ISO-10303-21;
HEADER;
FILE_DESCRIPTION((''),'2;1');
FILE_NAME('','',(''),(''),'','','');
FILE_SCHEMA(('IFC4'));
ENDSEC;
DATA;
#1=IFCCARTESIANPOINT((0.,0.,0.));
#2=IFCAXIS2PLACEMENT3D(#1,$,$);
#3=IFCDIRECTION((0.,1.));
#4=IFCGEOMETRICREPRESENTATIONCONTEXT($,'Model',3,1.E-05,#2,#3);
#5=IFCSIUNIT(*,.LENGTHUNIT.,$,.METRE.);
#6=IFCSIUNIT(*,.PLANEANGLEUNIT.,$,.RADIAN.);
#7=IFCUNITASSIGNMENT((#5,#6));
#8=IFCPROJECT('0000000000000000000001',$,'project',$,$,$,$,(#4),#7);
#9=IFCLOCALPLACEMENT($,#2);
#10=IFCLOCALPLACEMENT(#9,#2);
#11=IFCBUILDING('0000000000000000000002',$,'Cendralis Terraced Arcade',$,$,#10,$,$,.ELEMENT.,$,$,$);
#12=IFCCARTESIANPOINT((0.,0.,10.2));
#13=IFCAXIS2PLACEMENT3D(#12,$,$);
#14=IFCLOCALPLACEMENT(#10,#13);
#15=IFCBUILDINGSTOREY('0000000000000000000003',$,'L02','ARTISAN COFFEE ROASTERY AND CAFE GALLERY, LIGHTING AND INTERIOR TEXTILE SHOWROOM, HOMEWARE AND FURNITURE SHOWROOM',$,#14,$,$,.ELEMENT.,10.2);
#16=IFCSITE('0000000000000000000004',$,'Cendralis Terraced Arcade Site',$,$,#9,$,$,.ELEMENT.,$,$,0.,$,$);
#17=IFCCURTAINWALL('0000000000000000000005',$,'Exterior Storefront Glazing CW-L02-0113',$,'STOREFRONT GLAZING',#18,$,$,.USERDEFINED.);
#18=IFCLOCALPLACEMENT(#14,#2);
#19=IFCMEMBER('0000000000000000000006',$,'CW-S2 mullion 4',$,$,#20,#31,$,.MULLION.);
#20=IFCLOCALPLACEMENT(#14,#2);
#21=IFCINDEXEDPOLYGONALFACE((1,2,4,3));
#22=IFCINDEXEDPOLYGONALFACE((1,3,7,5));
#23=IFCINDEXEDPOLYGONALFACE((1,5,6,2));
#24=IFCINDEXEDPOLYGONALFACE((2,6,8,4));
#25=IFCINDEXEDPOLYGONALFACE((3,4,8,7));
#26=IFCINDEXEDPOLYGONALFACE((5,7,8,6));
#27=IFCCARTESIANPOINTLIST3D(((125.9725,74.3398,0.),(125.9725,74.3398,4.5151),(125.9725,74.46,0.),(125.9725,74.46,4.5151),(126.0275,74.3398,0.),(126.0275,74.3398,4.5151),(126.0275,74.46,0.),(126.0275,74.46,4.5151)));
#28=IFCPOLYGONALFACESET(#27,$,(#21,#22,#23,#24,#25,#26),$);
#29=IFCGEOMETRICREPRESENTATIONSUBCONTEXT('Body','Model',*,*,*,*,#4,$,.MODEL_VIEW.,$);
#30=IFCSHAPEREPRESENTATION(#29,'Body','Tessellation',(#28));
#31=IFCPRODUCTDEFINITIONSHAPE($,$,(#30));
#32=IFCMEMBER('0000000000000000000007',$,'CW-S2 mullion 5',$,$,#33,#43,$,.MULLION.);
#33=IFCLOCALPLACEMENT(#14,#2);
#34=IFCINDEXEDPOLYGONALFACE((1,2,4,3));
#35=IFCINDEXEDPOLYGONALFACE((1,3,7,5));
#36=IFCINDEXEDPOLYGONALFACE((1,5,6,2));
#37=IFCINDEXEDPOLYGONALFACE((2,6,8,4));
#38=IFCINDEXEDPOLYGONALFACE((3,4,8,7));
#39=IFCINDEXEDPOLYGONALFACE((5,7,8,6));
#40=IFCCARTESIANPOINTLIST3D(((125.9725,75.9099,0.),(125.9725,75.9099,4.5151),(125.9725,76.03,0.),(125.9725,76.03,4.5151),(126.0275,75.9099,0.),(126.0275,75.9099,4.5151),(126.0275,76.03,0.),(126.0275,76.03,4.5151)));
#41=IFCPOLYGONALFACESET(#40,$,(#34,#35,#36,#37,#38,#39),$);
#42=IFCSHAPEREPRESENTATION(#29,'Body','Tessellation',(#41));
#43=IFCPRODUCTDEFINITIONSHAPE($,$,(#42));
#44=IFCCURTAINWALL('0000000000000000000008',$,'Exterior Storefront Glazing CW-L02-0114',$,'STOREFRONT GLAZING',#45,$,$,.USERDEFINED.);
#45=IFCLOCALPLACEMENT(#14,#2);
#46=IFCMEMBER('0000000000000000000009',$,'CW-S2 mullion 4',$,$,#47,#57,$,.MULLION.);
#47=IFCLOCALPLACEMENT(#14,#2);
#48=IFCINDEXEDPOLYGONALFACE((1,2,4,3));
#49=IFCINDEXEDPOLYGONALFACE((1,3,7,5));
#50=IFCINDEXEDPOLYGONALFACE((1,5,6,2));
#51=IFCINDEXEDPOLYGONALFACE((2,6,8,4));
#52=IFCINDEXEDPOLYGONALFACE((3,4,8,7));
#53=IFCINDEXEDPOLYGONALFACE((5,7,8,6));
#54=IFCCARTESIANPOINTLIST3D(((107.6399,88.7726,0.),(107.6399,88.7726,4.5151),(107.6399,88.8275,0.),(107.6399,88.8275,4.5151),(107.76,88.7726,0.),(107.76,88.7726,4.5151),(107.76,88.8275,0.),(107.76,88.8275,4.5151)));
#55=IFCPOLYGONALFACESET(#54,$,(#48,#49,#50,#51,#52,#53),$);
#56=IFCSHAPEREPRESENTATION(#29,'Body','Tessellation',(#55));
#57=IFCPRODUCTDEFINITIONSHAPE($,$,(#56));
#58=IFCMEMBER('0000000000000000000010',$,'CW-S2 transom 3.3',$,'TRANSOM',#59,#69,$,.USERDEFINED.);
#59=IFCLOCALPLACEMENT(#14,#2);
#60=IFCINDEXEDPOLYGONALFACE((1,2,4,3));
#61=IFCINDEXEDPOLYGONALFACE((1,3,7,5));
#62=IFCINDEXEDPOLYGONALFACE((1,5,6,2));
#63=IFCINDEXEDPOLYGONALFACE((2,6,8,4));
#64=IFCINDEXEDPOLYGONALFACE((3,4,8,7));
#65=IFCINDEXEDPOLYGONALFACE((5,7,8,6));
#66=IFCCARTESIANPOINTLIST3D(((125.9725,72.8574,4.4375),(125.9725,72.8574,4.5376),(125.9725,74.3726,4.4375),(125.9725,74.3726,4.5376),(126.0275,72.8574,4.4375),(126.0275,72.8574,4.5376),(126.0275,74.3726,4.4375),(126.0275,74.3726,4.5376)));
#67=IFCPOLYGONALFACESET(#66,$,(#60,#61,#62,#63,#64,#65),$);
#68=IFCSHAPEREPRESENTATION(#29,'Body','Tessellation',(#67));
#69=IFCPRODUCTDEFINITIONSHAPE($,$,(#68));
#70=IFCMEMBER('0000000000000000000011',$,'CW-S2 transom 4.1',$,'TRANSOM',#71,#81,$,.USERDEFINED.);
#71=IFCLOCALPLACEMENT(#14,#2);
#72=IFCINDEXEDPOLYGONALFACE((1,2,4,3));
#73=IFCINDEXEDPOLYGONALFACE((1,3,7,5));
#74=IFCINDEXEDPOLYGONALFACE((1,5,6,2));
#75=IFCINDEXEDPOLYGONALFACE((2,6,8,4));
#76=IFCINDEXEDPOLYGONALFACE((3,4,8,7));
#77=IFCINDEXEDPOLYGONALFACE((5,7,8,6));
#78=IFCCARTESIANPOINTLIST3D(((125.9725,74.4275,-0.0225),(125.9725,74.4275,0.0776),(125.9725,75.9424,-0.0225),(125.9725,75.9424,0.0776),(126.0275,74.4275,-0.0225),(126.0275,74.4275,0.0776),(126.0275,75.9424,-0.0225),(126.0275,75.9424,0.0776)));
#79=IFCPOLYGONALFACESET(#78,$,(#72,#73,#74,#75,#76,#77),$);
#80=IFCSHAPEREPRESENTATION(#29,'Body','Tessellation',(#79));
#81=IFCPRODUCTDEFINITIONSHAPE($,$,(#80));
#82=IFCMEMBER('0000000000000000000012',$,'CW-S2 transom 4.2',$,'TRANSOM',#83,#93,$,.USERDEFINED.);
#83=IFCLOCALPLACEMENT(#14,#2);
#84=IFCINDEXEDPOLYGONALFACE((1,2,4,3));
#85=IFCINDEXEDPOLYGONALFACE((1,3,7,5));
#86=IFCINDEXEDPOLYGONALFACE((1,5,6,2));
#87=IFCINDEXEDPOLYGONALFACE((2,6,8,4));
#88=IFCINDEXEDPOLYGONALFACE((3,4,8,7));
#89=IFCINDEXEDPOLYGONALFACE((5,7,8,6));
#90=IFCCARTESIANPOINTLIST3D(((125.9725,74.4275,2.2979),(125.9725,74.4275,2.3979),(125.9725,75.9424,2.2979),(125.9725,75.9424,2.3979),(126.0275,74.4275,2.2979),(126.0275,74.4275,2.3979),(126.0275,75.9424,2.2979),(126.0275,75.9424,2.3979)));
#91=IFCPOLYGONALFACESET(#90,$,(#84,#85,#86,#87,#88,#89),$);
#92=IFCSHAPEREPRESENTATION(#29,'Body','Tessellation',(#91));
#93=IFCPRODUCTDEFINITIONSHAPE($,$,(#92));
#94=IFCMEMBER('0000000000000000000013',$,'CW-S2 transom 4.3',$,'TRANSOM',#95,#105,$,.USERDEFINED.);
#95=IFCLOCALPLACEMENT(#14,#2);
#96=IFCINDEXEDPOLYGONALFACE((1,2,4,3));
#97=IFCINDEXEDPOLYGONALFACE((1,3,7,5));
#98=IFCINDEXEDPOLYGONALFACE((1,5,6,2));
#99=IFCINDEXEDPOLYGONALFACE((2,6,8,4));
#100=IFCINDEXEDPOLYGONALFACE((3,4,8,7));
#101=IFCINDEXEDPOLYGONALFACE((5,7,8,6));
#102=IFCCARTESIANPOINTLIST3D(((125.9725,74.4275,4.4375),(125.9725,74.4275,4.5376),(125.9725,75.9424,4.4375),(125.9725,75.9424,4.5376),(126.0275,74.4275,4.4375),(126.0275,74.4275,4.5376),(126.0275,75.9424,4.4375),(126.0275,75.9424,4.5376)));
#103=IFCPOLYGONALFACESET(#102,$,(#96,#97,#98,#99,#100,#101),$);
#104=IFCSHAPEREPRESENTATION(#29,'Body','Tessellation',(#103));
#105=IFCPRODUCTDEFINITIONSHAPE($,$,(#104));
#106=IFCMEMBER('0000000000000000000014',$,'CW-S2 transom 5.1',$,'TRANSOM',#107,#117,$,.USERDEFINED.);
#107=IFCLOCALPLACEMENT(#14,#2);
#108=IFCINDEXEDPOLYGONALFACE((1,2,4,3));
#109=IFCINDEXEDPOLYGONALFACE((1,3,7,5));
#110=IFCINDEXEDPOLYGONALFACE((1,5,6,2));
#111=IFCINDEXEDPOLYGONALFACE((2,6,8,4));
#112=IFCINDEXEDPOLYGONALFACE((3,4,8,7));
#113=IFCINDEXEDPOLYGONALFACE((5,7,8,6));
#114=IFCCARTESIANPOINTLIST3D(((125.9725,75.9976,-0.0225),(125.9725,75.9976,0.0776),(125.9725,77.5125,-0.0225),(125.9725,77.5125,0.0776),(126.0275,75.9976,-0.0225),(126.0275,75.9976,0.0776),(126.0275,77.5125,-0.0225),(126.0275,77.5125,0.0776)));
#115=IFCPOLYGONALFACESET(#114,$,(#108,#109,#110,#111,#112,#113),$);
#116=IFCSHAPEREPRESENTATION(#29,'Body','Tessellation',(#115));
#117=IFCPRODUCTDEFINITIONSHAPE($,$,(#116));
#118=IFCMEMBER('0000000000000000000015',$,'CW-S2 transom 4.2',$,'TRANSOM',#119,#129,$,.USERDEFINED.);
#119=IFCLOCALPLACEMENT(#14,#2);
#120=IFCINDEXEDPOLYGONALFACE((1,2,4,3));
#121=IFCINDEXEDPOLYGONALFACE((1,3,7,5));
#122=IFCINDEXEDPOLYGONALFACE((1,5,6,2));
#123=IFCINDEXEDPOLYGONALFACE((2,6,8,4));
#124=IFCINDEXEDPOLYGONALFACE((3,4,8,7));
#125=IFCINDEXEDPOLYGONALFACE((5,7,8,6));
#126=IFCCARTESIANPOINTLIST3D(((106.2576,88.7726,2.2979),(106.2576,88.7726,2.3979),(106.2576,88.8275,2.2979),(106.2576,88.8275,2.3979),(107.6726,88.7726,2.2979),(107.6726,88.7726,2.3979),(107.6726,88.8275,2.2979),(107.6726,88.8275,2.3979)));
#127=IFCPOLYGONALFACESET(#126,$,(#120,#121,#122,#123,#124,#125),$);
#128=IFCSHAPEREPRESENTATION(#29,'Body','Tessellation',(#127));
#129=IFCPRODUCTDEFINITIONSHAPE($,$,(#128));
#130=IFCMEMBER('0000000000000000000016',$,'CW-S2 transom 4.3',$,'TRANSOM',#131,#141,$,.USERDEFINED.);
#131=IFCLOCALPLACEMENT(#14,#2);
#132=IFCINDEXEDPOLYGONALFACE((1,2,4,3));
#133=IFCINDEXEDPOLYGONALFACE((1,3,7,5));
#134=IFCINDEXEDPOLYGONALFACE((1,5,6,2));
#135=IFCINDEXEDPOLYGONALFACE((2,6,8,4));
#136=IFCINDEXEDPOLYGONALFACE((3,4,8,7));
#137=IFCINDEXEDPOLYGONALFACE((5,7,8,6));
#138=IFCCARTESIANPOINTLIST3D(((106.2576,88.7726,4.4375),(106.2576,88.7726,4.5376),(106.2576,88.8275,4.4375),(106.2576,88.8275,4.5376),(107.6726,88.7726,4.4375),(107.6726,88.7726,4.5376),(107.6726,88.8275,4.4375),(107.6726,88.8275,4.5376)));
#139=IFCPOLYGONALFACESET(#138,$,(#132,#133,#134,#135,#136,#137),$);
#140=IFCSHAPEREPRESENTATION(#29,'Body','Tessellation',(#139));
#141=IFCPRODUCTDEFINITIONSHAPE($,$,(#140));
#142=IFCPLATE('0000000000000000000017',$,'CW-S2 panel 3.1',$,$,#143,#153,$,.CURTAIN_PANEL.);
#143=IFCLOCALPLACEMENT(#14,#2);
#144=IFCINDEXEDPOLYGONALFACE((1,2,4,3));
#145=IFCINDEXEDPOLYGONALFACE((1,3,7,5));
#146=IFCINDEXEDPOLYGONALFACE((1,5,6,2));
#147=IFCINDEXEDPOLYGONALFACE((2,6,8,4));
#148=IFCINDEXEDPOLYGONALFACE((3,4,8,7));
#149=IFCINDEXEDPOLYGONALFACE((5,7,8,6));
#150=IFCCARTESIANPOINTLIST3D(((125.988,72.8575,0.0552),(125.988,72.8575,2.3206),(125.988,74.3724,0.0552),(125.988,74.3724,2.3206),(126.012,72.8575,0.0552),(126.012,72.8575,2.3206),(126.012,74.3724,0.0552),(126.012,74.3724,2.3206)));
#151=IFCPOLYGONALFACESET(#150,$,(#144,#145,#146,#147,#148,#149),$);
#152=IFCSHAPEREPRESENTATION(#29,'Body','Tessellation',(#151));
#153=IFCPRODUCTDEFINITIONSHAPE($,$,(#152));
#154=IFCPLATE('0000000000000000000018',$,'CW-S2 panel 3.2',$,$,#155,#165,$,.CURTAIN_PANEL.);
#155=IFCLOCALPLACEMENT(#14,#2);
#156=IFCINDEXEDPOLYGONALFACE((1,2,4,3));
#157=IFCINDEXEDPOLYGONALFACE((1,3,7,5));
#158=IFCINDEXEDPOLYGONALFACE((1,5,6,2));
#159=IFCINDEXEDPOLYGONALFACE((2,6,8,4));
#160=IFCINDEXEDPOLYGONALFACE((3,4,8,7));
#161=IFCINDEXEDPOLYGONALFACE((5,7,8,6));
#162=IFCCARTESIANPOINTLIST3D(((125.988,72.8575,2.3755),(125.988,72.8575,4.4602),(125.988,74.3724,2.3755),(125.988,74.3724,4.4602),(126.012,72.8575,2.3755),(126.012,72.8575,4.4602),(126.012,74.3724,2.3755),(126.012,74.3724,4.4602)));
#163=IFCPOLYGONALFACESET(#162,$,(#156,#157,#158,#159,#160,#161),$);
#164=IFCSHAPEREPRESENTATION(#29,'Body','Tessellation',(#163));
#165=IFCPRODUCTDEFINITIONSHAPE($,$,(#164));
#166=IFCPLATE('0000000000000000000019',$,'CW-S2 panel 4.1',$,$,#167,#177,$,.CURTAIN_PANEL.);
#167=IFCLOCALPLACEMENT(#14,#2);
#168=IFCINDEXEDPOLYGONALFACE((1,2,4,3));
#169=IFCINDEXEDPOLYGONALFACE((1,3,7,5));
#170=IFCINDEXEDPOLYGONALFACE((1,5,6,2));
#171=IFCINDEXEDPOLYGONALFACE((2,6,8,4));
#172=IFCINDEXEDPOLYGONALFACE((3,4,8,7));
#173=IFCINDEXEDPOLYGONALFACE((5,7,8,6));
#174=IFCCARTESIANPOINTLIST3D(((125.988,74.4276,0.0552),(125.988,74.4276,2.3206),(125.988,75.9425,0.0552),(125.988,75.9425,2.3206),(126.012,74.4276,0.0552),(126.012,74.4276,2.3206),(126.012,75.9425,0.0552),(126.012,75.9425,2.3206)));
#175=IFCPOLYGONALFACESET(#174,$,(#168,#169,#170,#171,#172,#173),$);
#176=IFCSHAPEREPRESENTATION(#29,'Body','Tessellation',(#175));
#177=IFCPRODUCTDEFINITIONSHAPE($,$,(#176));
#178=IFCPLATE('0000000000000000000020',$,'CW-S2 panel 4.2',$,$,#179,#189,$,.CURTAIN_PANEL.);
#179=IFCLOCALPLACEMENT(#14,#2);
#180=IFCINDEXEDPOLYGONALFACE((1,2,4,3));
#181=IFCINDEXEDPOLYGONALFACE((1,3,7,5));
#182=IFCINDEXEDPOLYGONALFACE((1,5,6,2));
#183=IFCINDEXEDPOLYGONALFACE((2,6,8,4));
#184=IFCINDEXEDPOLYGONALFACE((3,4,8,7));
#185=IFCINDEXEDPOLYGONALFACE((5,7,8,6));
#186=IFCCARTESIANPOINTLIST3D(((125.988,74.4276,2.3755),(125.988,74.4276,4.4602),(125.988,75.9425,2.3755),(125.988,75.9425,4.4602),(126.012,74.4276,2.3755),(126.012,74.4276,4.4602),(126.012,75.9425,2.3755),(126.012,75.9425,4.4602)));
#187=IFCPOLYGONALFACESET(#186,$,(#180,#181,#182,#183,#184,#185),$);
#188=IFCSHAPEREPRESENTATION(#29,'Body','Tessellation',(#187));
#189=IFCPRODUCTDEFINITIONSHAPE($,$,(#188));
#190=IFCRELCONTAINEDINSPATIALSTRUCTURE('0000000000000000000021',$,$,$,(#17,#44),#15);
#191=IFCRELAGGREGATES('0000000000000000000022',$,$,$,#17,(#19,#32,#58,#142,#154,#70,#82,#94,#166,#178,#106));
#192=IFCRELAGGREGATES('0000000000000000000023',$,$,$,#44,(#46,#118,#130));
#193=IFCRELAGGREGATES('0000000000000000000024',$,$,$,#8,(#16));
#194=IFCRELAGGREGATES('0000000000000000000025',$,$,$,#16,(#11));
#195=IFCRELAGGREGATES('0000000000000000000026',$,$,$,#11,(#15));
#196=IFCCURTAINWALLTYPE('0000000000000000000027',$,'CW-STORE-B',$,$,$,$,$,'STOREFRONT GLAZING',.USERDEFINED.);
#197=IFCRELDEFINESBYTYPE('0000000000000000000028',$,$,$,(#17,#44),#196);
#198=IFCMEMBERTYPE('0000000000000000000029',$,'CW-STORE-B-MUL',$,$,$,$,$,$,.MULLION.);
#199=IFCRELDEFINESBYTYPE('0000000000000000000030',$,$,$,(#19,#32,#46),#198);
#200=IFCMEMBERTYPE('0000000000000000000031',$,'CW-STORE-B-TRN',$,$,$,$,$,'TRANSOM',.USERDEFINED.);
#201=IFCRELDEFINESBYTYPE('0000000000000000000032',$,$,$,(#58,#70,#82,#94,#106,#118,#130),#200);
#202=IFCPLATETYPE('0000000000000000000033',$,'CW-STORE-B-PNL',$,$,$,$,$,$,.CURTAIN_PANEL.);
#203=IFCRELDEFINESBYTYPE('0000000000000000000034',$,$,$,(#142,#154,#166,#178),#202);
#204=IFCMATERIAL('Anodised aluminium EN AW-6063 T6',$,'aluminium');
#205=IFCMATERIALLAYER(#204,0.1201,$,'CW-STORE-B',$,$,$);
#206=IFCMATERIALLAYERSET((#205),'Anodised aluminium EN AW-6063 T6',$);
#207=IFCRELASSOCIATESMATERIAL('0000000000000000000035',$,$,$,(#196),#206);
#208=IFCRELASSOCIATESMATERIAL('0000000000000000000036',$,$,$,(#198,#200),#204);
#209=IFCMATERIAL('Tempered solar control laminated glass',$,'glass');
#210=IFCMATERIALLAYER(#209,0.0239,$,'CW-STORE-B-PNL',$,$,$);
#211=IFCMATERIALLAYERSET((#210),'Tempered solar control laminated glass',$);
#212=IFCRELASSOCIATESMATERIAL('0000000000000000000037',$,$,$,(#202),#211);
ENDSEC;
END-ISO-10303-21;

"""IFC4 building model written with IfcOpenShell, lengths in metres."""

from ifc_helpers import new_model, si_unit, direction, frame, origin, origin_2d, place, context, subcontext, project, spatial, rectangle, extrude, material, layer, layer_set, material_profile, profile_set, type_object, element, aggregate, save


model = new_model("IFC4")

# Units and contexts
model_context = context("Model", 3, precision=1e-05, world=origin(), true_north=direction((0.0, 1.0)))
body_context = subcontext(model_context, "Body", "Model", "MODEL_VIEW")
ifc_project = project(units=[si_unit("LENGTHUNIT", "METRE"), si_unit("PLANEANGLEUNIT", "RADIAN")], contexts=[model_context])

# Site, building, storey
site_placement = place(None, origin())
site = spatial("IfcSite", under=ifc_project, at=site_placement, Name="Cendralis Terraced Arcade Site", CompositionType="ELEMENT", RefElevation=0.0)
building_placement = place(site_placement, origin())
building = spatial("IfcBuilding", under=site, at=building_placement, Name="Cendralis Terraced Arcade", CompositionType="ELEMENT")
storey_placement = place(building_placement, frame((0.0, 0.0, 10.2)))
storey = spatial("IfcBuildingStorey", under=building, at=storey_placement, Name="L02", Description="ARTISAN COFFEE ROASTERY AND CAFE GALLERY, LIGHTING AND INTERIOR TEXTILE SHOWROOM, HOMEWARE AND FURNITURE SHOWROOM", CompositionType="ELEMENT", Elevation=10.2)

# Curtain wall, members
ifc_material_1 = material(Name="Anodised aluminium EN AW-6063 T6", Category="aluminium")
ifc_layer_1 = layer(ifc_material_1, 0.1201, Name="CW-STORE-B")
ifc_layer_set_1 = layer_set([ifc_layer_1], Name="Anodised aluminium EN AW-6063 T6")
curtain_wall_type = type_object("IfcCurtainWallType", Name="CW-STORE-B", ElementType="STOREFRONT GLAZING", PredefinedType="USERDEFINED", material=ifc_layer_set_1)
curtain_wall_1_placement = place(storey_placement, origin())
curtain_wall_1 = element("IfcCurtainWall", 1, at=curtain_wall_1_placement, inside=storey, type_object=curtain_wall_type, Name="Exterior Storefront Glazing CW-L02-0113", ObjectType="STOREFRONT GLAZING", PredefinedType="USERDEFINED")
ifc_material_profile_1 = material_profile(ifc_material_1, rectangle(XDim=0.0549, YDim=0.1201, at=origin_2d()), Name="ALU-MUL-55x120")
ifc_profile_set_1 = profile_set([ifc_material_profile_1], Name="Anodised aluminium EN AW-6063 T6")
member_type_1 = type_object("IfcMemberType", Name="CW-STORE-B-MUL", PredefinedType="MULLION", material=ifc_profile_set_1)
member_1_placement = place(storey_placement, frame((126.0, 74.3999, 0.0), z_axis=(0.0, 0.0, 1.0), x_axis=(-1.0, 0.0, 0.0)))
member_1 = element("IfcMember", 2, at=member_1_placement, type_object=member_type_1, Name="CW-S2 mullion 4", PredefinedType="MULLION", context=body_context, shape_type="SweptSolid", body=[
    extrude(rectangle(XDim=0.0549, YDim=0.1201, at=origin_2d()), origin(), (0.0, 0.0, 1.0), 4.5151),
])
member_2_placement = place(storey_placement, frame((126.0, 75.97, 0.0), z_axis=(0.0, 0.0, 1.0), x_axis=(-1.0, 0.0, 0.0)))
member_2 = element("IfcMember", 3, at=member_2_placement, type_object=member_type_1, Name="CW-S2 mullion 5", PredefinedType="MULLION", context=body_context, shape_type="SweptSolid", body=[
    extrude(rectangle(XDim=0.0549, YDim=0.1201, at=origin_2d()), origin(), (0.0, 0.0, 1.0), 4.5151),
])

# Curtain wall, member
curtain_wall_2_placement = place(storey_placement, origin())
curtain_wall_2 = element("IfcCurtainWall", 4, at=curtain_wall_2_placement, inside=storey, type_object=curtain_wall_type, Name="Exterior Storefront Glazing CW-L02-0114", ObjectType="STOREFRONT GLAZING", PredefinedType="USERDEFINED")
member_3_placement = place(storey_placement, frame((107.7, 88.8, 0.0), z_axis=(0.0, 0.0, 1.0), x_axis=(0.0, -1.0, 0.0)))
member_3 = element("IfcMember", 5, at=member_3_placement, type_object=member_type_1, Name="CW-S2 mullion 4", PredefinedType="MULLION", context=body_context, shape_type="SweptSolid", body=[
    extrude(rectangle(XDim=0.0549, YDim=0.1201, at=origin_2d()), origin(), (0.0, 0.0, 1.0), 4.5151),
])

# Members
ifc_material_profile_2 = material_profile(ifc_material_1, rectangle(XDim=0.0549, YDim=0.1001, at=origin_2d()), Name="ALU-TRN-55x100")
ifc_profile_set_2 = profile_set([ifc_material_profile_2], Name="Anodised aluminium EN AW-6063 T6")
member_type_2 = type_object("IfcMemberType", Name="CW-STORE-B-TRN", ElementType="TRANSOM", PredefinedType="USERDEFINED", material=ifc_profile_set_2)
member_4_placement = place(storey_placement, frame((126.0, 72.8574, 4.4875), z_axis=(0.0, 1.0, 0.0), x_axis=(-1.0, 0.0, 0.0)))
member_4 = element("IfcMember", 6, at=member_4_placement, type_object=member_type_2, Name="CW-S2 transom 3.3", ObjectType="TRANSOM", PredefinedType="USERDEFINED", context=body_context, shape_type="SweptSolid", body=[
    extrude(rectangle(XDim=0.0549, YDim=0.1001, at=origin_2d()), origin(), (0.0, 0.0, 1.0), 1.5151),
])
member_5_placement = place(storey_placement, frame((126.0, 74.4275, 0.0276), z_axis=(0.0, 1.0, 0.0), x_axis=(-1.0, 0.0, 0.0)))
member_5 = element("IfcMember", 7, at=member_5_placement, type_object=member_type_2, Name="CW-S2 transom 4.1", ObjectType="TRANSOM", PredefinedType="USERDEFINED", context=body_context, shape_type="SweptSolid", body=[
    extrude(rectangle(XDim=0.0549, YDim=0.1001, at=origin_2d()), origin(), (0.0, 0.0, 1.0), 1.5149),
])
member_6_placement = place(storey_placement, frame((126.0, 74.4275, 2.3479), z_axis=(0.0, 1.0, 0.0), x_axis=(-1.0, 0.0, 0.0)))
member_6 = element("IfcMember", 8, at=member_6_placement, type_object=member_type_2, Name="CW-S2 transom 4.2", ObjectType="TRANSOM", PredefinedType="USERDEFINED", context=body_context, shape_type="SweptSolid", body=[
    extrude(rectangle(XDim=0.0549, YDim=0.1001, at=origin_2d()), origin(), (0.0, 0.0, 1.0), 1.5149),
])
member_7_placement = place(storey_placement, frame((126.0, 74.4275, 4.4875), z_axis=(0.0, 1.0, 0.0), x_axis=(-1.0, 0.0, 0.0)))
member_7 = element("IfcMember", 9, at=member_7_placement, type_object=member_type_2, Name="CW-S2 transom 4.3", ObjectType="TRANSOM", PredefinedType="USERDEFINED", context=body_context, shape_type="SweptSolid", body=[
    extrude(rectangle(XDim=0.0549, YDim=0.1001, at=origin_2d()), origin(), (0.0, 0.0, 1.0), 1.5149),
])
member_8_placement = place(storey_placement, frame((126.0, 75.9976, 0.0276), z_axis=(0.0, 1.0, 0.0), x_axis=(-1.0, 0.0, 0.0)))
member_8 = element("IfcMember", 10, at=member_8_placement, type_object=member_type_2, Name="CW-S2 transom 5.1", ObjectType="TRANSOM", PredefinedType="USERDEFINED", context=body_context, shape_type="SweptSolid", body=[
    extrude(rectangle(XDim=0.0549, YDim=0.1001, at=origin_2d()), origin(), (0.0, 0.0, 1.0), 1.5149),
])
member_9_placement = place(storey_placement, frame((107.6726, 88.8, 2.3479), z_axis=(-1.0, 0.0, 0.0), x_axis=(0.0, -1.0, 0.0)))
member_9 = element("IfcMember", 11, at=member_9_placement, type_object=member_type_2, Name="CW-S2 transom 4.2", ObjectType="TRANSOM", PredefinedType="USERDEFINED", context=body_context, shape_type="SweptSolid", body=[
    extrude(rectangle(XDim=0.0549, YDim=0.1001, at=origin_2d()), origin(), (0.0, 0.0, 1.0), 1.415),
])
member_10_placement = place(storey_placement, frame((107.6726, 88.8, 4.4875), z_axis=(-1.0, 0.0, 0.0), x_axis=(0.0, -1.0, 0.0)))
member_10 = element("IfcMember", 12, at=member_10_placement, type_object=member_type_2, Name="CW-S2 transom 4.3", ObjectType="TRANSOM", PredefinedType="USERDEFINED", context=body_context, shape_type="SweptSolid", body=[
    extrude(rectangle(XDim=0.0549, YDim=0.1001, at=origin_2d()), origin(), (0.0, 0.0, 1.0), 1.415),
])

# Plates
ifc_material_2 = material(Name="Tempered solar control laminated glass", Category="glass")
ifc_layer_2 = layer(ifc_material_2, 0.0239, Name="CW-STORE-B-PNL")
ifc_layer_set_2 = layer_set([ifc_layer_2], Name="Tempered solar control laminated glass")
plate_type = type_object("IfcPlateType", Name="CW-STORE-B-PNL", PredefinedType="CURTAIN_PANEL", material=ifc_layer_set_2)
plate_1_placement = place(storey_placement, frame((126.0, 73.615, 0.0552), z_axis=(0.0, 0.0, 1.0), x_axis=(0.0, 1.0, 0.0)))
plate_1 = element("IfcPlate", 13, at=plate_1_placement, type_object=plate_type, Name="CW-S2 panel 3.1", PredefinedType="CURTAIN_PANEL", context=body_context, shape_type="SweptSolid", body=[
    extrude(rectangle(XDim=1.5149, YDim=0.0239, at=origin_2d()), origin(), (0.0, 0.0, 1.0), 2.2654),
])
plate_2_placement = place(storey_placement, frame((126.0, 73.615, 2.3755), z_axis=(0.0, 0.0, 1.0), x_axis=(0.0, 1.0, 0.0)))
plate_2 = element("IfcPlate", 14, at=plate_2_placement, type_object=plate_type, Name="CW-S2 panel 3.2", PredefinedType="CURTAIN_PANEL", context=body_context, shape_type="SweptSolid", body=[
    extrude(rectangle(XDim=1.5149, YDim=0.0239, at=origin_2d()), origin(), (0.0, 0.0, 1.0), 2.0847),
])
plate_3_placement = place(storey_placement, frame((126.0, 75.1851, 0.0552), z_axis=(0.0, 0.0, 1.0), x_axis=(0.0, 1.0, 0.0)))
plate_3 = element("IfcPlate", 15, at=plate_3_placement, type_object=plate_type, Name="CW-S2 panel 4.1", PredefinedType="CURTAIN_PANEL", context=body_context, shape_type="SweptSolid", body=[
    extrude(rectangle(XDim=1.5149, YDim=0.0239, at=origin_2d()), origin(), (0.0, 0.0, 1.0), 2.2654),
])
plate_4_placement = place(storey_placement, frame((126.0, 75.1851, 2.3755), z_axis=(0.0, 0.0, 1.0), x_axis=(0.0, 1.0, 0.0)))
plate_4 = element("IfcPlate", 16, at=plate_4_placement, type_object=plate_type, Name="CW-S2 panel 4.2", PredefinedType="CURTAIN_PANEL", context=body_context, shape_type="SweptSolid", body=[
    extrude(rectangle(XDim=1.5149, YDim=0.0239, at=origin_2d()), origin(), (0.0, 0.0, 1.0), 2.0847),
])
aggregate(curtain_wall_1, [member_1, member_2, member_4, plate_1, plate_2, member_5, member_6, member_7, plate_3, plate_4, member_8])
aggregate(curtain_wall_2, [member_3, member_9, member_10])

save(model, "model.ifc")
